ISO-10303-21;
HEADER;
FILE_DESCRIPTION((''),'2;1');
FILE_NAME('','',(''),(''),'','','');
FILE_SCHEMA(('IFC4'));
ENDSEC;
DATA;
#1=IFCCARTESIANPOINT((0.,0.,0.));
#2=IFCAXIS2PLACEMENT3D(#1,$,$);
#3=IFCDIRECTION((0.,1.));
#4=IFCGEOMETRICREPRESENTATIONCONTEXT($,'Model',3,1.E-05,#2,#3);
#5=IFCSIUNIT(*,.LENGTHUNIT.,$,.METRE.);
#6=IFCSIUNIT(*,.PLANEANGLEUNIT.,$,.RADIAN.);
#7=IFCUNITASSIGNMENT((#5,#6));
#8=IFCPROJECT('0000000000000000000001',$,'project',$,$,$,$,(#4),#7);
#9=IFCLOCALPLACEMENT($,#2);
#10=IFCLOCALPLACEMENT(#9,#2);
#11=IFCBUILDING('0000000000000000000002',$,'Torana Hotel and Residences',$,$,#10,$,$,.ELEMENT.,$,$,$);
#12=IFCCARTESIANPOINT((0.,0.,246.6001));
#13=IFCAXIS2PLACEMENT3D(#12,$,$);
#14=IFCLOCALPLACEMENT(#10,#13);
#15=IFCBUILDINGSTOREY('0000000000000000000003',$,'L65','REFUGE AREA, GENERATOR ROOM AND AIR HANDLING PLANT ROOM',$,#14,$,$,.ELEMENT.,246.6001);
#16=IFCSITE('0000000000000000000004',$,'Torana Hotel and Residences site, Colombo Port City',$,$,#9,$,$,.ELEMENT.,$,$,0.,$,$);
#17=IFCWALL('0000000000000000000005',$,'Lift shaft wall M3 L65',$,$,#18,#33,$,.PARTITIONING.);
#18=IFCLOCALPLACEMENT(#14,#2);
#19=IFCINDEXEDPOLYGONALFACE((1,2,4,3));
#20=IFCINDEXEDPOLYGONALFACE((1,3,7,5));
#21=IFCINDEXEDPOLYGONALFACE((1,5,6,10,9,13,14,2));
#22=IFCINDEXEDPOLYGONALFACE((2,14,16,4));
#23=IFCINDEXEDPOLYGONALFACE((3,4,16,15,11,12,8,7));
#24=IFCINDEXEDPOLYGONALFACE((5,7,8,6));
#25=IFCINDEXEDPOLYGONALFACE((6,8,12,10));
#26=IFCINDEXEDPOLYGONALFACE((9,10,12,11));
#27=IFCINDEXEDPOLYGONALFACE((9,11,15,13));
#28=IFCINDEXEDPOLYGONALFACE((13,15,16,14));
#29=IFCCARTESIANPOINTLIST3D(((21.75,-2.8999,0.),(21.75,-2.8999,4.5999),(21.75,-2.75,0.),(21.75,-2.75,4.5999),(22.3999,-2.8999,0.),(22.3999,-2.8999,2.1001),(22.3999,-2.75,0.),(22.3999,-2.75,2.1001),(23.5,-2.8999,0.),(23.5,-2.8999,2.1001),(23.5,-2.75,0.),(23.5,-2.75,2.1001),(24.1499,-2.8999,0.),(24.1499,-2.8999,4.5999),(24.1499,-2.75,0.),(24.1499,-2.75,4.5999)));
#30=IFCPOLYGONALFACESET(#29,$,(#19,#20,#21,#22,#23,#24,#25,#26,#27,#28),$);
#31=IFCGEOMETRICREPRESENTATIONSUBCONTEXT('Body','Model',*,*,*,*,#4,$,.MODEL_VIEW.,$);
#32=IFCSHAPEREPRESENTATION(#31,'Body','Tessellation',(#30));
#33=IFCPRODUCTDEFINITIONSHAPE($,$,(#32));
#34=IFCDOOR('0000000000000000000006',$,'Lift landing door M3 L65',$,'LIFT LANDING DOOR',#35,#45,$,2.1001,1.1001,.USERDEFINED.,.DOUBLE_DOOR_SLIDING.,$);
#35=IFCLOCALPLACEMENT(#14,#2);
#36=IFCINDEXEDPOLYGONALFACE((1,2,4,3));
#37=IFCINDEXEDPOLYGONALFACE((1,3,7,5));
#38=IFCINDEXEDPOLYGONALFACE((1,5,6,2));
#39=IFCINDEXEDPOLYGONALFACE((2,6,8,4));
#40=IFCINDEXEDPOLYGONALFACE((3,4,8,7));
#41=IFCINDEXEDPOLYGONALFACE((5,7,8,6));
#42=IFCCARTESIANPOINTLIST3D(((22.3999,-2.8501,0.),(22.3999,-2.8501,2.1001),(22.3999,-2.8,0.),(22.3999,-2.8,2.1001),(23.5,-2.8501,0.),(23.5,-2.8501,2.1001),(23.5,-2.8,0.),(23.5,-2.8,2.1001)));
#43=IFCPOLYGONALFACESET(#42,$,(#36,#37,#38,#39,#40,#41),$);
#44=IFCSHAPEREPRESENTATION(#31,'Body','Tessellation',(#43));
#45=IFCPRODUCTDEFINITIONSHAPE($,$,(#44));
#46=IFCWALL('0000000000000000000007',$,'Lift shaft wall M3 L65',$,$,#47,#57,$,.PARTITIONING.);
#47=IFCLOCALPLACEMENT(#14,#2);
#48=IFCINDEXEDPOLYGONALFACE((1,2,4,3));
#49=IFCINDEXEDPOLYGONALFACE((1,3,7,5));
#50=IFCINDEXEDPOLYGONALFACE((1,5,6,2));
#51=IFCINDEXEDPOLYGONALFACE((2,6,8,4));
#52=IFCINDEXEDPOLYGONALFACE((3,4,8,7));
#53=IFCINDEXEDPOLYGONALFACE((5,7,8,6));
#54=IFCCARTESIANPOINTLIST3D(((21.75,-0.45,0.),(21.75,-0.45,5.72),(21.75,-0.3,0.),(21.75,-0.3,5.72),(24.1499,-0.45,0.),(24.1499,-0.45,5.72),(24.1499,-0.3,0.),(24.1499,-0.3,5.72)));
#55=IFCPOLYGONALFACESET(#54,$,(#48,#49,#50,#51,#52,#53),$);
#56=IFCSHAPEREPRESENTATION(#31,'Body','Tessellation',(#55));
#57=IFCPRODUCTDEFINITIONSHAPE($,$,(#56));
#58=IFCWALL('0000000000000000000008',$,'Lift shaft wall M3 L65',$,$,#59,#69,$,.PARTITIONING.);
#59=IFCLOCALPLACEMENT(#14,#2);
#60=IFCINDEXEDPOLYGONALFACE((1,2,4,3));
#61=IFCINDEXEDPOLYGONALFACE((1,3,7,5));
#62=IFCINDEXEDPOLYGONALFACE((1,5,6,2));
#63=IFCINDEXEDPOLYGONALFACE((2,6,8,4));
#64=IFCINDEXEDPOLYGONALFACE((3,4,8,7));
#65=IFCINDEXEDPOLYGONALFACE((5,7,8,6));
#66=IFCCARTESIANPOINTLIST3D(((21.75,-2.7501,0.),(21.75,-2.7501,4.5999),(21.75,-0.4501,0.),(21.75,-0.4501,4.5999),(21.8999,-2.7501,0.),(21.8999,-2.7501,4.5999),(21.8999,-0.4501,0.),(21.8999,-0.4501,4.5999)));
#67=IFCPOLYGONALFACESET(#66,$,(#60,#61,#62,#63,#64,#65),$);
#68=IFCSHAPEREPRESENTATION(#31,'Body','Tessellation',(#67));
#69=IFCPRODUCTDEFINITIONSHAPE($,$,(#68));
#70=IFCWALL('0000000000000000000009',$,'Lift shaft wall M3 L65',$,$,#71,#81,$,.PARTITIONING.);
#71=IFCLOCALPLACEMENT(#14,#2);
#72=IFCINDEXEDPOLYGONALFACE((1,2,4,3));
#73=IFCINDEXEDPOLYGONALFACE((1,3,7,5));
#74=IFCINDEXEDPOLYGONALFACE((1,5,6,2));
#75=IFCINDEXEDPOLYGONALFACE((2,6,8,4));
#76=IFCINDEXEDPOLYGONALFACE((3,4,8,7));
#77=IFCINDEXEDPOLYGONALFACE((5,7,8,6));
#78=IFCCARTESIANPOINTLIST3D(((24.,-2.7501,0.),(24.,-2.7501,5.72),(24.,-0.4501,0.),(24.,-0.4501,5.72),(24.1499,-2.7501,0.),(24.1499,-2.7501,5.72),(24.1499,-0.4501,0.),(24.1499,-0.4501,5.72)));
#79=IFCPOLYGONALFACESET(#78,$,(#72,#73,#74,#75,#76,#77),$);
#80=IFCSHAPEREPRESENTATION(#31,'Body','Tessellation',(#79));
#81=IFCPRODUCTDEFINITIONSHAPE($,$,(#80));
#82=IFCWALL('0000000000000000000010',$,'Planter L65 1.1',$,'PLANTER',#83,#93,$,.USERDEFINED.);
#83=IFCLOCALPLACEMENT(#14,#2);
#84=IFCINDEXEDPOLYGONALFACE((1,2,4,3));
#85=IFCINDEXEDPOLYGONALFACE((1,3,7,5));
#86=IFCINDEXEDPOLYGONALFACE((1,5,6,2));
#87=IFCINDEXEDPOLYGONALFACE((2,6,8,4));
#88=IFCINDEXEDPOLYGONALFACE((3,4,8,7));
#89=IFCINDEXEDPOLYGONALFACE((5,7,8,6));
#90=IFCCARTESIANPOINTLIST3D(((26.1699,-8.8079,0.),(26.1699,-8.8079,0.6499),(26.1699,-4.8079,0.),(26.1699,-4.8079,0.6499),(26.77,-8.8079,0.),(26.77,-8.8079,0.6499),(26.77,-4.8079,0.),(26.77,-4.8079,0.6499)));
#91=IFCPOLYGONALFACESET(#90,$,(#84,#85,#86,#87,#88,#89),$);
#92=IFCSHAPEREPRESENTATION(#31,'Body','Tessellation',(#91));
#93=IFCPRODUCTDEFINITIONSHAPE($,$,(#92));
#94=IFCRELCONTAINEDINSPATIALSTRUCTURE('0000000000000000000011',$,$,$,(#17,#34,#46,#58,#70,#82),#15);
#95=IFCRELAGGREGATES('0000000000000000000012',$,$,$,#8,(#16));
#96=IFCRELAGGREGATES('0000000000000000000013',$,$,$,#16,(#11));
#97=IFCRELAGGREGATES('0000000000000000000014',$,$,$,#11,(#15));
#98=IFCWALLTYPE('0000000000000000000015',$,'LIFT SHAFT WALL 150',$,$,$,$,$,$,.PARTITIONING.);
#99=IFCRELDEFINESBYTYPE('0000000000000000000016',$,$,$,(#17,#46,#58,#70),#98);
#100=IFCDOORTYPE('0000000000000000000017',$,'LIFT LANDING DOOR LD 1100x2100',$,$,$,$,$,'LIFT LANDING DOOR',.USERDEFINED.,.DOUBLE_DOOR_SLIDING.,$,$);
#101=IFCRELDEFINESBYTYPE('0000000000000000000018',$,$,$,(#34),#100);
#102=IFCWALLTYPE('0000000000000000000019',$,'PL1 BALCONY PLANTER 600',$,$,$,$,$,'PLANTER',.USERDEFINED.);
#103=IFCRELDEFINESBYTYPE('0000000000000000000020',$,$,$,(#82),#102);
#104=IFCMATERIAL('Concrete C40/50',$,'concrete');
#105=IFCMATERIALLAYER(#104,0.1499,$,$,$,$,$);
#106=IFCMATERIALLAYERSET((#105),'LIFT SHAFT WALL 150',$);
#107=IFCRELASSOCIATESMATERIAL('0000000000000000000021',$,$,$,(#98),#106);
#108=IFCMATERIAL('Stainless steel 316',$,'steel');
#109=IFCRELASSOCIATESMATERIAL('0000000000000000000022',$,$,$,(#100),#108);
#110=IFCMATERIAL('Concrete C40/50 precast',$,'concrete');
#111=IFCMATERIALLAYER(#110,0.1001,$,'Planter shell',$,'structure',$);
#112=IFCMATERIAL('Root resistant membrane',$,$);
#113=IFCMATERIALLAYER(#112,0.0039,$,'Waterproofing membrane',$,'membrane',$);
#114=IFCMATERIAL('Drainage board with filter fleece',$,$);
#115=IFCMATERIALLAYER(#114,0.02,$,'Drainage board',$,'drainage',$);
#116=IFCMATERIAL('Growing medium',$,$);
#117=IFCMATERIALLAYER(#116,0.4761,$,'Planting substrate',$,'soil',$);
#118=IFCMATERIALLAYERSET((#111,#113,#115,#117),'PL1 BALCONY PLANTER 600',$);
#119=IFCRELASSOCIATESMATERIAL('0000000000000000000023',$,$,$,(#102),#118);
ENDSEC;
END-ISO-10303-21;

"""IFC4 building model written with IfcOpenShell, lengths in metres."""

from ifc_helpers import new_model, si_unit, direction, frame, frame_2d, origin, place, context, subcontext, project, spatial, rectangle, extrude, material, layer, layer_set, type_object, element, fill, save


model = new_model("IFC4")

# Units and contexts
model_context = context("Model", 3, precision=1e-05, world=origin(), true_north=direction((0.0, 1.0)))
body_context = subcontext(model_context, "Body", "Model", "MODEL_VIEW")
ifc_project = project(units=[si_unit("LENGTHUNIT", "METRE"), si_unit("PLANEANGLEUNIT", "RADIAN")], contexts=[model_context])

# Site, building, storey
site_placement = place(None, origin())
site = spatial("IfcSite", under=ifc_project, at=site_placement, Name="Torana Hotel and Residences site, Colombo Port City", CompositionType="ELEMENT", RefElevation=0.0)
building_placement = place(site_placement, origin())
building = spatial("IfcBuilding", under=site, at=building_placement, Name="Torana Hotel and Residences", CompositionType="ELEMENT")
storey_placement = place(building_placement, frame((0.0, 0.0, 246.6001)))
storey = spatial("IfcBuildingStorey", under=building, at=storey_placement, Name="L65", Description="REFUGE AREA, GENERATOR ROOM AND AIR HANDLING PLANT ROOM", CompositionType="ELEMENT", Elevation=246.6001)

# Wall, opening, door
ifc_material_1 = material(Name="Concrete C40/50", Category="concrete")
ifc_layer_1 = layer(ifc_material_1, 0.1499)
ifc_layer_set_1 = layer_set([ifc_layer_1], Name="LIFT SHAFT WALL 150")
wall_type_1 = type_object("IfcWallType", Name="LIFT SHAFT WALL 150", PredefinedType="PARTITIONING", material=ifc_layer_set_1)
wall_1_placement = place(storey_placement, frame((21.75, -2.825, 0.0), z_axis=(0.0, 0.0, 1.0), x_axis=(1.0, 0.0, 0.0)))
wall_1 = element("IfcWall", 1, at=wall_1_placement, inside=storey, type_object=wall_type_1, Name="Lift shaft wall M3 L65", PredefinedType="PARTITIONING", context=body_context, shape_type="SweptSolid", body=[
    extrude(rectangle(XDim=2.3999, YDim=0.1499, at=frame_2d((1.2, 0.0))), origin(), (0.0, 0.0, 1.0), 4.5999),
])
opening_placement = place(wall_1_placement, frame((0.6499, 0.0, 0.0)))
opening = element("IfcOpeningElement", 2, at=opening_placement, cuts=wall_1, PredefinedType="OPENING", context=body_context, shape_type="SweptSolid", body=[
    extrude(rectangle(XDim=1.1001, YDim=2.1001, at=frame_2d((0.55, 1.05))), frame((0.0, 0.085, 0.0), z_axis=(0.0, -1.0, 0.0), x_axis=(1.0, 0.0, 0.0)), (0.0, 0.0, 1.0), 0.1699),
])
ifc_material_2 = material(Name="Stainless steel 316", Category="steel")
door_type = type_object("IfcDoorType", Name="LIFT LANDING DOOR LD 1100x2100", ElementType="LIFT LANDING DOOR", OperationType="DOUBLE_DOOR_SLIDING", PredefinedType="USERDEFINED", material=ifc_material_2)
door_placement = place(opening_placement, origin())
door = element("IfcDoor", 3, at=door_placement, inside=storey, type_object=door_type, Name="Lift landing door M3 L65", ObjectType="LIFT LANDING DOOR", OperationType="DOUBLE_DOOR_SLIDING", OverallHeight=2.1001, OverallWidth=1.1001, PredefinedType="USERDEFINED", context=body_context, shape_type="SweptSolid", body=[
    extrude(rectangle(XDim=1.1001, YDim=2.1001, at=frame_2d((0.55, 1.05))), frame((0.0, 0.0249, 0.0), z_axis=(0.0, -1.0, 0.0), x_axis=(1.0, 0.0, 0.0)), (0.0, 0.0, 1.0), 0.05),
])
fill(opening, door)

# Walls
wall_2_placement = place(storey_placement, frame((21.75, -0.375, 0.0), z_axis=(0.0, 0.0, 1.0), x_axis=(1.0, 0.0, 0.0)))
element("IfcWall", 4, at=wall_2_placement, inside=storey, type_object=wall_type_1, Name="Lift shaft wall M3 L65", PredefinedType="PARTITIONING", context=body_context, shape_type="SweptSolid", body=[
    extrude(rectangle(XDim=2.3999, YDim=0.1499, at=frame_2d((1.2, 0.0))), origin(), (0.0, 0.0, 1.0), 5.72),
])
wall_3_placement = place(storey_placement, frame((21.825, -2.75, 0.0), z_axis=(0.0, 0.0, 1.0), x_axis=(0.0, 1.0, 0.0)))
element("IfcWall", 5, at=wall_3_placement, inside=storey, type_object=wall_type_1, Name="Lift shaft wall M3 L65", PredefinedType="PARTITIONING", context=body_context, shape_type="SweptSolid", body=[
    extrude(rectangle(XDim=2.3, YDim=0.1499, at=frame_2d((1.1499, 0.0))), origin(), (0.0, 0.0, 1.0), 4.5999),
])
wall_4_placement = place(storey_placement, frame((24.075, -2.75, 0.0), z_axis=(0.0, 0.0, 1.0), x_axis=(0.0, 1.0, 0.0)))
element("IfcWall", 6, at=wall_4_placement, inside=storey, type_object=wall_type_1, Name="Lift shaft wall M3 L65", PredefinedType="PARTITIONING", context=body_context, shape_type="SweptSolid", body=[
    extrude(rectangle(XDim=2.3, YDim=0.1499, at=frame_2d((1.1499, 0.0))), origin(), (0.0, 0.0, 1.0), 5.72),
])
ifc_material_3 = material(Name="Concrete C40/50 precast", Category="concrete")
ifc_layer_2 = layer(ifc_material_3, 0.1001, Name="Planter shell", Category="structure")
ifc_material_4 = material(Name="Root resistant membrane")
ifc_layer_3 = layer(ifc_material_4, 0.0039, Name="Waterproofing membrane", Category="membrane")
ifc_material_5 = material(Name="Drainage board with filter fleece")
ifc_layer_4 = layer(ifc_material_5, 0.02, Name="Drainage board", Category="drainage")
ifc_material_6 = material(Name="Growing medium")
ifc_layer_5 = layer(ifc_material_6, 0.4761, Name="Planting substrate", Category="soil")
ifc_layer_set_2 = layer_set([ifc_layer_2, ifc_layer_3, ifc_layer_4, ifc_layer_5], Name="PL1 BALCONY PLANTER 600")
wall_type_2 = type_object("IfcWallType", Name="PL1 BALCONY PLANTER 600", ElementType="PLANTER", PredefinedType="USERDEFINED", material=ifc_layer_set_2)
wall_5_placement = place(storey_placement, frame((26.47, -4.8079, 0.0), z_axis=(0.0, 0.0, 1.0), x_axis=(0.0, -1.0, 0.0)))
element("IfcWall", 7, at=wall_5_placement, inside=storey, type_object=wall_type_2, Name="Planter L65 1.1", ObjectType="PLANTER", PredefinedType="USERDEFINED", context=body_context, shape_type="SweptSolid", body=[
    extrude(rectangle(XDim=4.0, YDim=0.6001, at=frame_2d((2.0, 0.0))), origin(), (0.0, 0.0, 1.0), 0.6499),
])

save(model, "model.ifc")
